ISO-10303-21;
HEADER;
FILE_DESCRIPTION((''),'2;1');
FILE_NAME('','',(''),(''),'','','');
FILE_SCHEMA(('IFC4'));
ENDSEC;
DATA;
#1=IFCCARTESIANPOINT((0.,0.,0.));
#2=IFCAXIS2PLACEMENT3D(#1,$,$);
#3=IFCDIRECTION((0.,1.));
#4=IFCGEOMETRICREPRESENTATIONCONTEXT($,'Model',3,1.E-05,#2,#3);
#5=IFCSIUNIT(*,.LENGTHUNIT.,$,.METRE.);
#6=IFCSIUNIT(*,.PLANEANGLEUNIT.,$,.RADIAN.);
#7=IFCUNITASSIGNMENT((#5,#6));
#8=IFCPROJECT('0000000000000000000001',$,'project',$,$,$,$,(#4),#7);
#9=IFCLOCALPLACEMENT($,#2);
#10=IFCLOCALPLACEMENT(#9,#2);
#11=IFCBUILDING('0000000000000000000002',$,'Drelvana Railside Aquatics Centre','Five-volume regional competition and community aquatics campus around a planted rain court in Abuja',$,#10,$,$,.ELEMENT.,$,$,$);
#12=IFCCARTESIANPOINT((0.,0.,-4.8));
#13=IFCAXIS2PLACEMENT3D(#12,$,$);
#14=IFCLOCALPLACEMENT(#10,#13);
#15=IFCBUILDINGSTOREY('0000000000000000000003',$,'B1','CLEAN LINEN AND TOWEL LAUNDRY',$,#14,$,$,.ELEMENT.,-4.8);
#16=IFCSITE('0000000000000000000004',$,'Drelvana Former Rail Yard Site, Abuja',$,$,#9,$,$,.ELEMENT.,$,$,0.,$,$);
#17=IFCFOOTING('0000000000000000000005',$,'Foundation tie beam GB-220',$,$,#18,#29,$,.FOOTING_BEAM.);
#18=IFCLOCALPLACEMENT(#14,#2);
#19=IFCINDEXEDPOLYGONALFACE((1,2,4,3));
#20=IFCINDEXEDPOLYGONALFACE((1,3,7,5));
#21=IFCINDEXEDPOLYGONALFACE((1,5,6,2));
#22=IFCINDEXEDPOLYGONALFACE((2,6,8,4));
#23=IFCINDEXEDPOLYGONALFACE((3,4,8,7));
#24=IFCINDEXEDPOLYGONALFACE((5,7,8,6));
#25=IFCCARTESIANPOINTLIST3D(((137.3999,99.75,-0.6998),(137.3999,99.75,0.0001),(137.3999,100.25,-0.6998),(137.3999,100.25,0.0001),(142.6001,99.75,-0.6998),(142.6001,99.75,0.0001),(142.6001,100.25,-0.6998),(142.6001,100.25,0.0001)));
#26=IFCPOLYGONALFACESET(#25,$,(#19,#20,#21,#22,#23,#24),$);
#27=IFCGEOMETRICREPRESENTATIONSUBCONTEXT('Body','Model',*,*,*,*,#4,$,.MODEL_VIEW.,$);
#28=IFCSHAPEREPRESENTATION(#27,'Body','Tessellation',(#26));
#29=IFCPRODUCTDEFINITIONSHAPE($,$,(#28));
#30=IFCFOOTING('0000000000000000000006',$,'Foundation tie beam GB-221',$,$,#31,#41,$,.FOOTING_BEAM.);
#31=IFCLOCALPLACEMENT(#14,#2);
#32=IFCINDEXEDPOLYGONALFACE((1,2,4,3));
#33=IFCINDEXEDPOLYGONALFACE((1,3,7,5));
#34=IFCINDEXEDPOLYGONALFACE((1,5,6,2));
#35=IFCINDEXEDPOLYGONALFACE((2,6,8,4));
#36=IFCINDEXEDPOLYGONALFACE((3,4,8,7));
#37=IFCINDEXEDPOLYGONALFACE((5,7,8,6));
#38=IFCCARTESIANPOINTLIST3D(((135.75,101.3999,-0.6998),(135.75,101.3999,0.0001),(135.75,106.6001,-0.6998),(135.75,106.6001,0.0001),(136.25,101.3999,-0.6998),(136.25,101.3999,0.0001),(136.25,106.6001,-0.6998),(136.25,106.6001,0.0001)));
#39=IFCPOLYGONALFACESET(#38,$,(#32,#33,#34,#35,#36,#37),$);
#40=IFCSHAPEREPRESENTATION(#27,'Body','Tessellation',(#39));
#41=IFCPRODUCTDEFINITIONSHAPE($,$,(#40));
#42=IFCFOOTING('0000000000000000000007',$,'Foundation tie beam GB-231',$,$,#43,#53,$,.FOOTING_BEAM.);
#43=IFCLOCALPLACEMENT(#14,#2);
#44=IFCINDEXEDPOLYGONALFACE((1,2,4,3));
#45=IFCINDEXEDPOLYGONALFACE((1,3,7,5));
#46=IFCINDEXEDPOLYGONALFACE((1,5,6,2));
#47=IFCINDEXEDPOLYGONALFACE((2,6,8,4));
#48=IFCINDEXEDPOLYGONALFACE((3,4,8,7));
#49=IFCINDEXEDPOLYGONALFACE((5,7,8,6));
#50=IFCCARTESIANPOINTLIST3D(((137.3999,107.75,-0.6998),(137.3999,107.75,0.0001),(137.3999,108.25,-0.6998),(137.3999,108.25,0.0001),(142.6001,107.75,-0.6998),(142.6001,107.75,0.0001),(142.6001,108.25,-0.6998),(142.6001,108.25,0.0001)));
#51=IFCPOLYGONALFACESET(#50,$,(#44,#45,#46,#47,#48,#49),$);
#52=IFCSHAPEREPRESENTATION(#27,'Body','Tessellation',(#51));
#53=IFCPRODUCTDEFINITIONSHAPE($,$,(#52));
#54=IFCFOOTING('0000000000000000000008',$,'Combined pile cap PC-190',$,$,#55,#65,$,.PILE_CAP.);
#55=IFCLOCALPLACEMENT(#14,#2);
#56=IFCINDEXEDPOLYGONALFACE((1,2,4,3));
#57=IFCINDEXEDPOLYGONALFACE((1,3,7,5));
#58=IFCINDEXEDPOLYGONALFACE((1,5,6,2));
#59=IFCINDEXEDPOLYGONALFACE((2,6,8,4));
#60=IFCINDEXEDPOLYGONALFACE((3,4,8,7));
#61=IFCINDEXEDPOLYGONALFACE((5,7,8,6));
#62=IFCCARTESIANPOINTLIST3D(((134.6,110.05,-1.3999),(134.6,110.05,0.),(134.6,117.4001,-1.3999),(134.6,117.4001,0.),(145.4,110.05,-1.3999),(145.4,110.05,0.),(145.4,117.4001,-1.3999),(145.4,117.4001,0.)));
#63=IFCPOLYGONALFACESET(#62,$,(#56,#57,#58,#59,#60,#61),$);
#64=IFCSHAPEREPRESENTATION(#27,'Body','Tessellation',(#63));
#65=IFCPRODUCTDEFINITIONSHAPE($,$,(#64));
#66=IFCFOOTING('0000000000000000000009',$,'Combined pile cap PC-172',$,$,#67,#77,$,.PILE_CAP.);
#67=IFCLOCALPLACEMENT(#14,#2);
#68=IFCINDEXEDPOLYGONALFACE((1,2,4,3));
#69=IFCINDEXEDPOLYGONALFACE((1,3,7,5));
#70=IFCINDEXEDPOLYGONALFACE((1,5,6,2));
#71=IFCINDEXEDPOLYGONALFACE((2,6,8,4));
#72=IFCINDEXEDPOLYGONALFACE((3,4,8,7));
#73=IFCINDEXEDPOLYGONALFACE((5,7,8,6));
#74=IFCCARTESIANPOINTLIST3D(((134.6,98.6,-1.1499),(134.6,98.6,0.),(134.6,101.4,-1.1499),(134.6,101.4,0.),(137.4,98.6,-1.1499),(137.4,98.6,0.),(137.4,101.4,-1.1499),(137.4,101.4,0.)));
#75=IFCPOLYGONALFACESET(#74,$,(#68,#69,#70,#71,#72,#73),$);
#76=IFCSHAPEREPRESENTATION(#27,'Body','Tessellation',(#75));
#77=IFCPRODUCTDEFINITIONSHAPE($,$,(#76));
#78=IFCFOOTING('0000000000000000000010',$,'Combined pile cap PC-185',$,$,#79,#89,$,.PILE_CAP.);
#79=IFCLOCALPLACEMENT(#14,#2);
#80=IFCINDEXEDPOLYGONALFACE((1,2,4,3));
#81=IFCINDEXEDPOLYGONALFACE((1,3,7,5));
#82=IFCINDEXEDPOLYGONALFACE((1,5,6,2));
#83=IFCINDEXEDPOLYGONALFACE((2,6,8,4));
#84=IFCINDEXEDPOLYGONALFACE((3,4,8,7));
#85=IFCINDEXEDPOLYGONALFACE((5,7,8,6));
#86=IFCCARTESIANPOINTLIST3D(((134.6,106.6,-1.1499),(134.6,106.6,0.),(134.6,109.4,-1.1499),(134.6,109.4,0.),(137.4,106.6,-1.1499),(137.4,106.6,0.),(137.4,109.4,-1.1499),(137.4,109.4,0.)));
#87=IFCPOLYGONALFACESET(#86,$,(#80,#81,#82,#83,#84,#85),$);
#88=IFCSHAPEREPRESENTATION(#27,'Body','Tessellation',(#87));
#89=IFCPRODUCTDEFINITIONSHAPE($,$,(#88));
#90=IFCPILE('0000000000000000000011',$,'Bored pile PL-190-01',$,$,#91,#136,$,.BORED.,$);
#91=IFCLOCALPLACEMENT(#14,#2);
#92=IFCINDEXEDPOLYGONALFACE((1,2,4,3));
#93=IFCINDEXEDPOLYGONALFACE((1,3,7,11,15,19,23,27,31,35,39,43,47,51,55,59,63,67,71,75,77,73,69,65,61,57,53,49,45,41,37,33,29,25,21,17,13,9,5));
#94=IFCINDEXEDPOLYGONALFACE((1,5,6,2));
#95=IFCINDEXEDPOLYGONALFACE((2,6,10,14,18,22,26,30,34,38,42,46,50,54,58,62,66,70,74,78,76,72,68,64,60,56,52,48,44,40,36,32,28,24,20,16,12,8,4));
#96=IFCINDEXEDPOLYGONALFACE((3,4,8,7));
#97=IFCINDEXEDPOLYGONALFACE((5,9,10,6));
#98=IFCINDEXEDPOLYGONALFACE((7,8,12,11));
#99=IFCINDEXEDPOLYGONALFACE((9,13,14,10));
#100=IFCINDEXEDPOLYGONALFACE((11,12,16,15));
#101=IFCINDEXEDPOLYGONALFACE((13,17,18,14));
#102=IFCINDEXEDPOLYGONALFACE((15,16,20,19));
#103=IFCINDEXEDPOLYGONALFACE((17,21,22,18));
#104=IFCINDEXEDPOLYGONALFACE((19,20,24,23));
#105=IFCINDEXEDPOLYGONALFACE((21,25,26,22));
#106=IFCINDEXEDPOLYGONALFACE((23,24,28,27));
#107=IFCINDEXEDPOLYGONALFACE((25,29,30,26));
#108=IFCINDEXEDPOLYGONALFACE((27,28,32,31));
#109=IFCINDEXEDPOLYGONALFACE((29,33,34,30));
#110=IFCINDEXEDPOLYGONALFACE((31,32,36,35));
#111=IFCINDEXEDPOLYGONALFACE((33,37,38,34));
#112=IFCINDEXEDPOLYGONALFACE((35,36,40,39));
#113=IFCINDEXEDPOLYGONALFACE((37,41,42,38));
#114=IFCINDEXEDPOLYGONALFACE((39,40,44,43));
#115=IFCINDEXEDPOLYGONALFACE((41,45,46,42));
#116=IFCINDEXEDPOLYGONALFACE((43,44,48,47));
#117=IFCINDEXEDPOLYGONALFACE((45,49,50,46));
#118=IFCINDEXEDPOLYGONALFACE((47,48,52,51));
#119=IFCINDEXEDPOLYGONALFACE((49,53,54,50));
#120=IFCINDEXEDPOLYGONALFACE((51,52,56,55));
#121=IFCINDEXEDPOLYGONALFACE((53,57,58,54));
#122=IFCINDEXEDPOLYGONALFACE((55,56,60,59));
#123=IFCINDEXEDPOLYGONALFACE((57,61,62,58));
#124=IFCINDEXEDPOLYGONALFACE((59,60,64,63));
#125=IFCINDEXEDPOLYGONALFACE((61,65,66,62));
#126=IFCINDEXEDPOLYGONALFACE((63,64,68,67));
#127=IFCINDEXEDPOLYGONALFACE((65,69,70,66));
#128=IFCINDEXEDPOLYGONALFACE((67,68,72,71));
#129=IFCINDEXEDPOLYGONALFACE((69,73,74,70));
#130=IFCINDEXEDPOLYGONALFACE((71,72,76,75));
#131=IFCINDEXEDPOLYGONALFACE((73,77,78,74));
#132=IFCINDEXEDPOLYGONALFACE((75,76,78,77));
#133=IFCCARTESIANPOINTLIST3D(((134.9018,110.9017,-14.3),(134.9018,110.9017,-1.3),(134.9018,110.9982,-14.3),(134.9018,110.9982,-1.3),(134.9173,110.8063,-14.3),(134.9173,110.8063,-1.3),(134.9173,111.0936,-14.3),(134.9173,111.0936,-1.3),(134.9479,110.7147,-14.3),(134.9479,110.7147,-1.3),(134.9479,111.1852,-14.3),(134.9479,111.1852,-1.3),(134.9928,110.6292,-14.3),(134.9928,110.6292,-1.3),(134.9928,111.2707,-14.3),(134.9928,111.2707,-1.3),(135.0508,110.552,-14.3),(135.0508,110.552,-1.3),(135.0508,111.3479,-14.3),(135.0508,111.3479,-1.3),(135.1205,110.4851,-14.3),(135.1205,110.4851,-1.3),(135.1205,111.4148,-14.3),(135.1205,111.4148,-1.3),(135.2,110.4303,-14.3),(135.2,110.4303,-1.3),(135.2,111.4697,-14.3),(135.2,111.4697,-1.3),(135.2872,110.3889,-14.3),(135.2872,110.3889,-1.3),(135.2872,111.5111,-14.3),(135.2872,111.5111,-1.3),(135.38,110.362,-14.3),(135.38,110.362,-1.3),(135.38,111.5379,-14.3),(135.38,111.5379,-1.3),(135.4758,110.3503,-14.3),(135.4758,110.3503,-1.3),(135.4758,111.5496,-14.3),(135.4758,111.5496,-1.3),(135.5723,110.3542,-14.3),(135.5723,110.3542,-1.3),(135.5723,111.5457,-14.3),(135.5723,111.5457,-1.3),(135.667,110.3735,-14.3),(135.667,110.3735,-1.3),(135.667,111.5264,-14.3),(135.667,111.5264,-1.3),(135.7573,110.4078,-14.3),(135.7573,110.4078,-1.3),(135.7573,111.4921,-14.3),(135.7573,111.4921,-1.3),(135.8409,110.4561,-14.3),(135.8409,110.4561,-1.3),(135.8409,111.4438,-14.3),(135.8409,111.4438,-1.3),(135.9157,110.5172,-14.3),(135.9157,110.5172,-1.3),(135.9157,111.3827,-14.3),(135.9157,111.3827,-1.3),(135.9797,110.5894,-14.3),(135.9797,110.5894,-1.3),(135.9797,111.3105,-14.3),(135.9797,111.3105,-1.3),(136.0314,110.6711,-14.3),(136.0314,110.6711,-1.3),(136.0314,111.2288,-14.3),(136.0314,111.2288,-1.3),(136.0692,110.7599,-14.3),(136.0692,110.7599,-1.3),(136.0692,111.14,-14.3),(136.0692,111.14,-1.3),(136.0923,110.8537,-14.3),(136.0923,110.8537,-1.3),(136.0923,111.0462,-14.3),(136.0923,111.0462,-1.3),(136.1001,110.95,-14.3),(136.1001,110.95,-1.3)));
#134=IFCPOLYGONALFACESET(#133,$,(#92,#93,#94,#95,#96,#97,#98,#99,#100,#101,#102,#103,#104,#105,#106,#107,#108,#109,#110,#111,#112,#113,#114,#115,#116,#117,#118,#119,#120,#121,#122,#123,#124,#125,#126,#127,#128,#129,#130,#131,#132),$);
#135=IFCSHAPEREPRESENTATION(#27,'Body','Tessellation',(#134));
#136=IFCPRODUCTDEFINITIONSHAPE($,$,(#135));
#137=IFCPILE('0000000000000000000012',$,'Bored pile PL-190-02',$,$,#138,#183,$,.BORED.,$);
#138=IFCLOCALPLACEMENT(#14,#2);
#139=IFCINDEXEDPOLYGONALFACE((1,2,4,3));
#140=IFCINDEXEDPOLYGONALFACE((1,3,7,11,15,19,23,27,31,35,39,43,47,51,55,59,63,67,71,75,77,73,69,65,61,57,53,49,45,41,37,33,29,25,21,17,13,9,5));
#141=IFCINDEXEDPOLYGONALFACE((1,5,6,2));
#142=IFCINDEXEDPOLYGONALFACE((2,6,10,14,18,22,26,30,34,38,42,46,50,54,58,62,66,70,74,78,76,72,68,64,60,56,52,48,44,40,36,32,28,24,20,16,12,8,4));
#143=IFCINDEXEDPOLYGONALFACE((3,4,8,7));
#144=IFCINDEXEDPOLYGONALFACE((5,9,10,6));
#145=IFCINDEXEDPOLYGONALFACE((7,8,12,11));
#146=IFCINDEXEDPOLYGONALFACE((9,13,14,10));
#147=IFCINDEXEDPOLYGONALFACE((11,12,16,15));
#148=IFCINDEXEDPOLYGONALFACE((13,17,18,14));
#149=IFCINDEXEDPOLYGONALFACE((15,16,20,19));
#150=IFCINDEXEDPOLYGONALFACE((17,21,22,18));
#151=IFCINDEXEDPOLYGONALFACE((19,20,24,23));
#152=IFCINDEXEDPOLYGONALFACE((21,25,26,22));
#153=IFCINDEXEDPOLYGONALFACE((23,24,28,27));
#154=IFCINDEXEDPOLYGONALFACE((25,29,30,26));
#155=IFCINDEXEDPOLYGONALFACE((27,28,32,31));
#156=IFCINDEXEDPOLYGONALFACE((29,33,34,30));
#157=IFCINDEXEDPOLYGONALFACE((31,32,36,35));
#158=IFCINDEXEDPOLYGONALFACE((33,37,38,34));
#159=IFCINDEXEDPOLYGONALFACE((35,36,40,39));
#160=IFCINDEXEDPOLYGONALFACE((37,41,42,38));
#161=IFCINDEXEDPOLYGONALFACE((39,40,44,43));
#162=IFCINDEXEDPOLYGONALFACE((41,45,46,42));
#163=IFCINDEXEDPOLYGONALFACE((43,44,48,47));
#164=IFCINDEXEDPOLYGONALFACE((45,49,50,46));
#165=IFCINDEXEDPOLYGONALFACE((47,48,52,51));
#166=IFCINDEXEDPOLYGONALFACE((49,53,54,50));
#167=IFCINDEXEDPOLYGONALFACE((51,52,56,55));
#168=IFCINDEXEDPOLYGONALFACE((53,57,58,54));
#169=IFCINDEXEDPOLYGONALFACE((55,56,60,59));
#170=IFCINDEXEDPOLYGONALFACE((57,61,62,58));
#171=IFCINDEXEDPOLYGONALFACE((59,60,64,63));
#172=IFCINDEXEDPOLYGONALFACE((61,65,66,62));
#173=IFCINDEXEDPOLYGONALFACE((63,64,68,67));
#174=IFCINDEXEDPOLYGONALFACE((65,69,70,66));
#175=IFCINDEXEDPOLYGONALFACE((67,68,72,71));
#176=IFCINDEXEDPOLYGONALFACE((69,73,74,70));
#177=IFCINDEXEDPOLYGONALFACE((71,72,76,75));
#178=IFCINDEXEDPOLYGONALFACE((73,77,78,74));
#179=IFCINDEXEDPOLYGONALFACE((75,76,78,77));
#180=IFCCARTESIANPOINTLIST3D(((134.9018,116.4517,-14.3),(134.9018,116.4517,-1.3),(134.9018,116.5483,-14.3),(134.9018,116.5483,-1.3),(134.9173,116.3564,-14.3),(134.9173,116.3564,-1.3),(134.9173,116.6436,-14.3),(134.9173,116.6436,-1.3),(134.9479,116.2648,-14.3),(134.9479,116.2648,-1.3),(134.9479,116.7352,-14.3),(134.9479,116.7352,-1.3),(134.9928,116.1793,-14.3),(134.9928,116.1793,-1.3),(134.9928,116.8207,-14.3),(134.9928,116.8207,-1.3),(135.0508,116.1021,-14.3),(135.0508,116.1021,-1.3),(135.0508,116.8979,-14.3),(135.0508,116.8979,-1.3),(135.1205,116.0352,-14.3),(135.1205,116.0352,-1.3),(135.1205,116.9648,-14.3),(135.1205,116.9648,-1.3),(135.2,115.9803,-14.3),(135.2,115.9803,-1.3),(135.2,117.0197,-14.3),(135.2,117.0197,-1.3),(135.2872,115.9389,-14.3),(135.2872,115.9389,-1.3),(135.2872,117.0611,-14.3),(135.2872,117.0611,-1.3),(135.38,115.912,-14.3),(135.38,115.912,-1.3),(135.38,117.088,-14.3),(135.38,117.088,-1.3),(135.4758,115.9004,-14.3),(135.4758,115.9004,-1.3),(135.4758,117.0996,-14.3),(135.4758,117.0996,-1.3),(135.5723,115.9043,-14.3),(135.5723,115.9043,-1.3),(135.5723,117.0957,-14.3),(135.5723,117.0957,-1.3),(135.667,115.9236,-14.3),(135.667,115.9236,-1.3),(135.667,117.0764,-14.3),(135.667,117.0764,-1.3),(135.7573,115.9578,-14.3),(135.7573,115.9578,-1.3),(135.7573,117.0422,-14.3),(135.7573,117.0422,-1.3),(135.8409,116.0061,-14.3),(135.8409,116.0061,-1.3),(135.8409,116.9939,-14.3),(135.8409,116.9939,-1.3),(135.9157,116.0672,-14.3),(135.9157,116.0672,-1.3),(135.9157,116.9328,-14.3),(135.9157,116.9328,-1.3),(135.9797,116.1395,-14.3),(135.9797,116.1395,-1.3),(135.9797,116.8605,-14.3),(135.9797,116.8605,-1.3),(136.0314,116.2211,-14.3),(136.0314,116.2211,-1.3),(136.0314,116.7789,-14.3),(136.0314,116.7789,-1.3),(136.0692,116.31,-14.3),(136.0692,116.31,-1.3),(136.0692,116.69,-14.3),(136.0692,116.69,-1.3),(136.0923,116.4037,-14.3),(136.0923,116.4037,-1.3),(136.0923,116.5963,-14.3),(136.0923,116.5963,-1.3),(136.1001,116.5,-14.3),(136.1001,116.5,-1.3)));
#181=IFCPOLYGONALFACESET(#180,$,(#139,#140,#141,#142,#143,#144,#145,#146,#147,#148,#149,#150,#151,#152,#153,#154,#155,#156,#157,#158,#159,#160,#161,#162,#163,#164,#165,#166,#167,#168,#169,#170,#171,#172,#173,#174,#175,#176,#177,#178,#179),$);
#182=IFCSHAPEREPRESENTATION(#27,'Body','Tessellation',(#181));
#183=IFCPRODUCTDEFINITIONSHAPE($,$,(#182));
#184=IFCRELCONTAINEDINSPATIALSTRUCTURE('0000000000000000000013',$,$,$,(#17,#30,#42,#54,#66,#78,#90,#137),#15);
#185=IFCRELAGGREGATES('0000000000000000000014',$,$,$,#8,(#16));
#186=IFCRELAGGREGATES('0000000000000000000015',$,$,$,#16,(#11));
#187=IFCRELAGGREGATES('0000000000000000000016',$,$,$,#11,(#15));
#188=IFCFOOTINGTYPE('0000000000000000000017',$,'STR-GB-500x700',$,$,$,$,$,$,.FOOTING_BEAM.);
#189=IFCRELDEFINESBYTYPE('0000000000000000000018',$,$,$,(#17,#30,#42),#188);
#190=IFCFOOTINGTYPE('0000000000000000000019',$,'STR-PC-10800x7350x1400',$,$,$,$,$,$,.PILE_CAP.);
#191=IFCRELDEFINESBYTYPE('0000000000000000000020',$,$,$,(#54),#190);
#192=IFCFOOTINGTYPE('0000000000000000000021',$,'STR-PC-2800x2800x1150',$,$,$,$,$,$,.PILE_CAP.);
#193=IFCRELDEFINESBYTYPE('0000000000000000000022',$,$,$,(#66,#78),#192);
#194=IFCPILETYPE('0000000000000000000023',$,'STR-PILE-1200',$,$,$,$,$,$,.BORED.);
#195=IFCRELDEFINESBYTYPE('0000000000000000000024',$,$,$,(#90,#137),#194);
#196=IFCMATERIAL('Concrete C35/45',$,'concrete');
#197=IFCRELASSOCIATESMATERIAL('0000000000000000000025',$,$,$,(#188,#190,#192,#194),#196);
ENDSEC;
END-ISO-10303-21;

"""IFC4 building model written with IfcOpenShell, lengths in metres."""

from ifc_helpers import new_model, si_unit, direction, frame, origin, origin_2d, place, context, subcontext, project, spatial, rectangle, circle, extrude, material, material_profile, profile_set, type_object, element, save


model = new_model("IFC4")

# Units and contexts
model_context = context("Model", 3, precision=1e-05, world=origin(), true_north=direction((0.0, 1.0)))
body_context = subcontext(model_context, "Body", "Model", "MODEL_VIEW")
ifc_project = project(units=[si_unit("LENGTHUNIT", "METRE"), si_unit("PLANEANGLEUNIT", "RADIAN")], contexts=[model_context])

# Site, building, storey
site_placement = place(None, origin())
site = spatial("IfcSite", under=ifc_project, at=site_placement, Name="Drelvana Former Rail Yard Site, Abuja", CompositionType="ELEMENT", RefElevation=0.0)
building_placement = place(site_placement, origin())
building = spatial("IfcBuilding", under=site, at=building_placement, Name="Drelvana Railside Aquatics Centre", Description="Five-volume regional competition and community aquatics campus around a planted rain court in Abuja", CompositionType="ELEMENT")
storey_placement = place(building_placement, frame((0.0, 0.0, -4.8)))
storey = spatial("IfcBuildingStorey", under=building, at=storey_placement, Name="B1", Description="CLEAN LINEN AND TOWEL LAUNDRY", CompositionType="ELEMENT", Elevation=-4.8)

# Footings
ifc_material_1 = material(Name="Concrete C35/45", Category="concrete")
ifc_material_profile_1 = material_profile(ifc_material_1, rectangle(XDim=0.5, YDim=0.7, at=origin_2d()), Name="GB 500x700")
ifc_profile_set_1 = profile_set([ifc_material_profile_1], Name="Concrete C35/45")
footing_type_1 = type_object("IfcFootingType", Name="STR-GB-500x700", PredefinedType="FOOTING_BEAM", material=ifc_profile_set_1)
for number, where, z_axis, x_axis, name in (
    (1, (137.3999, 100.0, -0.3499), (1.0, 0.0, 0.0), (0.0, 1.0, 0.0), "Foundation tie beam GB-220"),
    (2, (136.0, 101.3999, -0.3499), (0.0, 1.0, 0.0), (-1.0, 0.0, 0.0), "Foundation tie beam GB-221"),
    (3, (137.3999, 108.0, -0.3499), (1.0, 0.0, 0.0), (0.0, 1.0, 0.0), "Foundation tie beam GB-231"),
):
    element("IfcFooting", number, at=place(storey_placement, frame(where, z_axis=z_axis, x_axis=x_axis)), inside=storey, type_object=footing_type_1, Name=name, PredefinedType="FOOTING_BEAM", context=body_context, shape_type="SweptSolid", body=[
        extrude(rectangle(XDim=0.5, YDim=0.7, at=origin_2d()), origin(), (0.0, 0.0, 1.0), 5.2002),
    ])
footing_type_2 = type_object("IfcFootingType", Name="STR-PC-10800x7350x1400", PredefinedType="PILE_CAP", material=ifc_material_1)
footing_placement = place(storey_placement, frame((140.0, 113.7251, -1.3999), z_axis=(0.0, 0.0, 1.0), x_axis=(1.0, 0.0, 0.0)))
element("IfcFooting", 4, at=footing_placement, inside=storey, type_object=footing_type_2, Name="Combined pile cap PC-190", PredefinedType="PILE_CAP", context=body_context, shape_type="SweptSolid", body=[
    extrude(rectangle(XDim=10.8, YDim=7.3501, at=origin_2d()), origin(), (0.0, 0.0, 1.0), 1.3999),
])
footing_type_3 = type_object("IfcFootingType", Name="STR-PC-2800x2800x1150", PredefinedType="PILE_CAP", material=ifc_material_1)
for number, where, z_axis, x_axis, name in (
    (5, (136.0, 100.0, -1.1499), (0.0, 0.0, 1.0), (1.0, 0.0, 0.0), "Combined pile cap PC-172"),
    (6, (136.0, 108.0, -1.1499), (0.0, 0.0, 1.0), (1.0, 0.0, 0.0), "Combined pile cap PC-185"),
):
    element("IfcFooting", number, at=place(storey_placement, frame(where, z_axis=z_axis, x_axis=x_axis)), inside=storey, type_object=footing_type_3, Name=name, PredefinedType="PILE_CAP", context=body_context, shape_type="SweptSolid", body=[
        extrude(rectangle(XDim=2.8, YDim=2.8, at=origin_2d()), origin(), (0.0, 0.0, 1.0), 1.1499),
    ])

# Piles
ifc_material_profile_2 = material_profile(ifc_material_1, circle(Radius=0.6001, at=origin_2d()), Name="PILE D1200")
ifc_profile_set_2 = profile_set([ifc_material_profile_2], Name="Concrete C35/45")
pile_type_1 = type_object("IfcPileType", Name="STR-PILE-1200", PredefinedType="BORED", material=ifc_profile_set_2)
for number, where, z_axis, x_axis, name in (
    (7, (135.5, 110.95, -1.3), (0.0, 0.0, -1.0), (1.0, 0.0, 0.0), "Bored pile PL-190-01"),
    (8, (135.5, 116.5, -1.3), (0.0, 0.0, -1.0), (1.0, 0.0, 0.0), "Bored pile PL-190-02"),
):
    element("IfcPile", number, at=place(storey_placement, frame(where, z_axis=z_axis, x_axis=x_axis)), inside=storey, type_object=pile_type_1, Name=name, PredefinedType="BORED", context=body_context, shape_type="SweptSolid", body=[
        extrude(circle(Radius=0.6001, at=origin_2d()), origin(), (0.0, 0.0, 1.0), 13.0),
    ])

save(model, "model.ifc")
